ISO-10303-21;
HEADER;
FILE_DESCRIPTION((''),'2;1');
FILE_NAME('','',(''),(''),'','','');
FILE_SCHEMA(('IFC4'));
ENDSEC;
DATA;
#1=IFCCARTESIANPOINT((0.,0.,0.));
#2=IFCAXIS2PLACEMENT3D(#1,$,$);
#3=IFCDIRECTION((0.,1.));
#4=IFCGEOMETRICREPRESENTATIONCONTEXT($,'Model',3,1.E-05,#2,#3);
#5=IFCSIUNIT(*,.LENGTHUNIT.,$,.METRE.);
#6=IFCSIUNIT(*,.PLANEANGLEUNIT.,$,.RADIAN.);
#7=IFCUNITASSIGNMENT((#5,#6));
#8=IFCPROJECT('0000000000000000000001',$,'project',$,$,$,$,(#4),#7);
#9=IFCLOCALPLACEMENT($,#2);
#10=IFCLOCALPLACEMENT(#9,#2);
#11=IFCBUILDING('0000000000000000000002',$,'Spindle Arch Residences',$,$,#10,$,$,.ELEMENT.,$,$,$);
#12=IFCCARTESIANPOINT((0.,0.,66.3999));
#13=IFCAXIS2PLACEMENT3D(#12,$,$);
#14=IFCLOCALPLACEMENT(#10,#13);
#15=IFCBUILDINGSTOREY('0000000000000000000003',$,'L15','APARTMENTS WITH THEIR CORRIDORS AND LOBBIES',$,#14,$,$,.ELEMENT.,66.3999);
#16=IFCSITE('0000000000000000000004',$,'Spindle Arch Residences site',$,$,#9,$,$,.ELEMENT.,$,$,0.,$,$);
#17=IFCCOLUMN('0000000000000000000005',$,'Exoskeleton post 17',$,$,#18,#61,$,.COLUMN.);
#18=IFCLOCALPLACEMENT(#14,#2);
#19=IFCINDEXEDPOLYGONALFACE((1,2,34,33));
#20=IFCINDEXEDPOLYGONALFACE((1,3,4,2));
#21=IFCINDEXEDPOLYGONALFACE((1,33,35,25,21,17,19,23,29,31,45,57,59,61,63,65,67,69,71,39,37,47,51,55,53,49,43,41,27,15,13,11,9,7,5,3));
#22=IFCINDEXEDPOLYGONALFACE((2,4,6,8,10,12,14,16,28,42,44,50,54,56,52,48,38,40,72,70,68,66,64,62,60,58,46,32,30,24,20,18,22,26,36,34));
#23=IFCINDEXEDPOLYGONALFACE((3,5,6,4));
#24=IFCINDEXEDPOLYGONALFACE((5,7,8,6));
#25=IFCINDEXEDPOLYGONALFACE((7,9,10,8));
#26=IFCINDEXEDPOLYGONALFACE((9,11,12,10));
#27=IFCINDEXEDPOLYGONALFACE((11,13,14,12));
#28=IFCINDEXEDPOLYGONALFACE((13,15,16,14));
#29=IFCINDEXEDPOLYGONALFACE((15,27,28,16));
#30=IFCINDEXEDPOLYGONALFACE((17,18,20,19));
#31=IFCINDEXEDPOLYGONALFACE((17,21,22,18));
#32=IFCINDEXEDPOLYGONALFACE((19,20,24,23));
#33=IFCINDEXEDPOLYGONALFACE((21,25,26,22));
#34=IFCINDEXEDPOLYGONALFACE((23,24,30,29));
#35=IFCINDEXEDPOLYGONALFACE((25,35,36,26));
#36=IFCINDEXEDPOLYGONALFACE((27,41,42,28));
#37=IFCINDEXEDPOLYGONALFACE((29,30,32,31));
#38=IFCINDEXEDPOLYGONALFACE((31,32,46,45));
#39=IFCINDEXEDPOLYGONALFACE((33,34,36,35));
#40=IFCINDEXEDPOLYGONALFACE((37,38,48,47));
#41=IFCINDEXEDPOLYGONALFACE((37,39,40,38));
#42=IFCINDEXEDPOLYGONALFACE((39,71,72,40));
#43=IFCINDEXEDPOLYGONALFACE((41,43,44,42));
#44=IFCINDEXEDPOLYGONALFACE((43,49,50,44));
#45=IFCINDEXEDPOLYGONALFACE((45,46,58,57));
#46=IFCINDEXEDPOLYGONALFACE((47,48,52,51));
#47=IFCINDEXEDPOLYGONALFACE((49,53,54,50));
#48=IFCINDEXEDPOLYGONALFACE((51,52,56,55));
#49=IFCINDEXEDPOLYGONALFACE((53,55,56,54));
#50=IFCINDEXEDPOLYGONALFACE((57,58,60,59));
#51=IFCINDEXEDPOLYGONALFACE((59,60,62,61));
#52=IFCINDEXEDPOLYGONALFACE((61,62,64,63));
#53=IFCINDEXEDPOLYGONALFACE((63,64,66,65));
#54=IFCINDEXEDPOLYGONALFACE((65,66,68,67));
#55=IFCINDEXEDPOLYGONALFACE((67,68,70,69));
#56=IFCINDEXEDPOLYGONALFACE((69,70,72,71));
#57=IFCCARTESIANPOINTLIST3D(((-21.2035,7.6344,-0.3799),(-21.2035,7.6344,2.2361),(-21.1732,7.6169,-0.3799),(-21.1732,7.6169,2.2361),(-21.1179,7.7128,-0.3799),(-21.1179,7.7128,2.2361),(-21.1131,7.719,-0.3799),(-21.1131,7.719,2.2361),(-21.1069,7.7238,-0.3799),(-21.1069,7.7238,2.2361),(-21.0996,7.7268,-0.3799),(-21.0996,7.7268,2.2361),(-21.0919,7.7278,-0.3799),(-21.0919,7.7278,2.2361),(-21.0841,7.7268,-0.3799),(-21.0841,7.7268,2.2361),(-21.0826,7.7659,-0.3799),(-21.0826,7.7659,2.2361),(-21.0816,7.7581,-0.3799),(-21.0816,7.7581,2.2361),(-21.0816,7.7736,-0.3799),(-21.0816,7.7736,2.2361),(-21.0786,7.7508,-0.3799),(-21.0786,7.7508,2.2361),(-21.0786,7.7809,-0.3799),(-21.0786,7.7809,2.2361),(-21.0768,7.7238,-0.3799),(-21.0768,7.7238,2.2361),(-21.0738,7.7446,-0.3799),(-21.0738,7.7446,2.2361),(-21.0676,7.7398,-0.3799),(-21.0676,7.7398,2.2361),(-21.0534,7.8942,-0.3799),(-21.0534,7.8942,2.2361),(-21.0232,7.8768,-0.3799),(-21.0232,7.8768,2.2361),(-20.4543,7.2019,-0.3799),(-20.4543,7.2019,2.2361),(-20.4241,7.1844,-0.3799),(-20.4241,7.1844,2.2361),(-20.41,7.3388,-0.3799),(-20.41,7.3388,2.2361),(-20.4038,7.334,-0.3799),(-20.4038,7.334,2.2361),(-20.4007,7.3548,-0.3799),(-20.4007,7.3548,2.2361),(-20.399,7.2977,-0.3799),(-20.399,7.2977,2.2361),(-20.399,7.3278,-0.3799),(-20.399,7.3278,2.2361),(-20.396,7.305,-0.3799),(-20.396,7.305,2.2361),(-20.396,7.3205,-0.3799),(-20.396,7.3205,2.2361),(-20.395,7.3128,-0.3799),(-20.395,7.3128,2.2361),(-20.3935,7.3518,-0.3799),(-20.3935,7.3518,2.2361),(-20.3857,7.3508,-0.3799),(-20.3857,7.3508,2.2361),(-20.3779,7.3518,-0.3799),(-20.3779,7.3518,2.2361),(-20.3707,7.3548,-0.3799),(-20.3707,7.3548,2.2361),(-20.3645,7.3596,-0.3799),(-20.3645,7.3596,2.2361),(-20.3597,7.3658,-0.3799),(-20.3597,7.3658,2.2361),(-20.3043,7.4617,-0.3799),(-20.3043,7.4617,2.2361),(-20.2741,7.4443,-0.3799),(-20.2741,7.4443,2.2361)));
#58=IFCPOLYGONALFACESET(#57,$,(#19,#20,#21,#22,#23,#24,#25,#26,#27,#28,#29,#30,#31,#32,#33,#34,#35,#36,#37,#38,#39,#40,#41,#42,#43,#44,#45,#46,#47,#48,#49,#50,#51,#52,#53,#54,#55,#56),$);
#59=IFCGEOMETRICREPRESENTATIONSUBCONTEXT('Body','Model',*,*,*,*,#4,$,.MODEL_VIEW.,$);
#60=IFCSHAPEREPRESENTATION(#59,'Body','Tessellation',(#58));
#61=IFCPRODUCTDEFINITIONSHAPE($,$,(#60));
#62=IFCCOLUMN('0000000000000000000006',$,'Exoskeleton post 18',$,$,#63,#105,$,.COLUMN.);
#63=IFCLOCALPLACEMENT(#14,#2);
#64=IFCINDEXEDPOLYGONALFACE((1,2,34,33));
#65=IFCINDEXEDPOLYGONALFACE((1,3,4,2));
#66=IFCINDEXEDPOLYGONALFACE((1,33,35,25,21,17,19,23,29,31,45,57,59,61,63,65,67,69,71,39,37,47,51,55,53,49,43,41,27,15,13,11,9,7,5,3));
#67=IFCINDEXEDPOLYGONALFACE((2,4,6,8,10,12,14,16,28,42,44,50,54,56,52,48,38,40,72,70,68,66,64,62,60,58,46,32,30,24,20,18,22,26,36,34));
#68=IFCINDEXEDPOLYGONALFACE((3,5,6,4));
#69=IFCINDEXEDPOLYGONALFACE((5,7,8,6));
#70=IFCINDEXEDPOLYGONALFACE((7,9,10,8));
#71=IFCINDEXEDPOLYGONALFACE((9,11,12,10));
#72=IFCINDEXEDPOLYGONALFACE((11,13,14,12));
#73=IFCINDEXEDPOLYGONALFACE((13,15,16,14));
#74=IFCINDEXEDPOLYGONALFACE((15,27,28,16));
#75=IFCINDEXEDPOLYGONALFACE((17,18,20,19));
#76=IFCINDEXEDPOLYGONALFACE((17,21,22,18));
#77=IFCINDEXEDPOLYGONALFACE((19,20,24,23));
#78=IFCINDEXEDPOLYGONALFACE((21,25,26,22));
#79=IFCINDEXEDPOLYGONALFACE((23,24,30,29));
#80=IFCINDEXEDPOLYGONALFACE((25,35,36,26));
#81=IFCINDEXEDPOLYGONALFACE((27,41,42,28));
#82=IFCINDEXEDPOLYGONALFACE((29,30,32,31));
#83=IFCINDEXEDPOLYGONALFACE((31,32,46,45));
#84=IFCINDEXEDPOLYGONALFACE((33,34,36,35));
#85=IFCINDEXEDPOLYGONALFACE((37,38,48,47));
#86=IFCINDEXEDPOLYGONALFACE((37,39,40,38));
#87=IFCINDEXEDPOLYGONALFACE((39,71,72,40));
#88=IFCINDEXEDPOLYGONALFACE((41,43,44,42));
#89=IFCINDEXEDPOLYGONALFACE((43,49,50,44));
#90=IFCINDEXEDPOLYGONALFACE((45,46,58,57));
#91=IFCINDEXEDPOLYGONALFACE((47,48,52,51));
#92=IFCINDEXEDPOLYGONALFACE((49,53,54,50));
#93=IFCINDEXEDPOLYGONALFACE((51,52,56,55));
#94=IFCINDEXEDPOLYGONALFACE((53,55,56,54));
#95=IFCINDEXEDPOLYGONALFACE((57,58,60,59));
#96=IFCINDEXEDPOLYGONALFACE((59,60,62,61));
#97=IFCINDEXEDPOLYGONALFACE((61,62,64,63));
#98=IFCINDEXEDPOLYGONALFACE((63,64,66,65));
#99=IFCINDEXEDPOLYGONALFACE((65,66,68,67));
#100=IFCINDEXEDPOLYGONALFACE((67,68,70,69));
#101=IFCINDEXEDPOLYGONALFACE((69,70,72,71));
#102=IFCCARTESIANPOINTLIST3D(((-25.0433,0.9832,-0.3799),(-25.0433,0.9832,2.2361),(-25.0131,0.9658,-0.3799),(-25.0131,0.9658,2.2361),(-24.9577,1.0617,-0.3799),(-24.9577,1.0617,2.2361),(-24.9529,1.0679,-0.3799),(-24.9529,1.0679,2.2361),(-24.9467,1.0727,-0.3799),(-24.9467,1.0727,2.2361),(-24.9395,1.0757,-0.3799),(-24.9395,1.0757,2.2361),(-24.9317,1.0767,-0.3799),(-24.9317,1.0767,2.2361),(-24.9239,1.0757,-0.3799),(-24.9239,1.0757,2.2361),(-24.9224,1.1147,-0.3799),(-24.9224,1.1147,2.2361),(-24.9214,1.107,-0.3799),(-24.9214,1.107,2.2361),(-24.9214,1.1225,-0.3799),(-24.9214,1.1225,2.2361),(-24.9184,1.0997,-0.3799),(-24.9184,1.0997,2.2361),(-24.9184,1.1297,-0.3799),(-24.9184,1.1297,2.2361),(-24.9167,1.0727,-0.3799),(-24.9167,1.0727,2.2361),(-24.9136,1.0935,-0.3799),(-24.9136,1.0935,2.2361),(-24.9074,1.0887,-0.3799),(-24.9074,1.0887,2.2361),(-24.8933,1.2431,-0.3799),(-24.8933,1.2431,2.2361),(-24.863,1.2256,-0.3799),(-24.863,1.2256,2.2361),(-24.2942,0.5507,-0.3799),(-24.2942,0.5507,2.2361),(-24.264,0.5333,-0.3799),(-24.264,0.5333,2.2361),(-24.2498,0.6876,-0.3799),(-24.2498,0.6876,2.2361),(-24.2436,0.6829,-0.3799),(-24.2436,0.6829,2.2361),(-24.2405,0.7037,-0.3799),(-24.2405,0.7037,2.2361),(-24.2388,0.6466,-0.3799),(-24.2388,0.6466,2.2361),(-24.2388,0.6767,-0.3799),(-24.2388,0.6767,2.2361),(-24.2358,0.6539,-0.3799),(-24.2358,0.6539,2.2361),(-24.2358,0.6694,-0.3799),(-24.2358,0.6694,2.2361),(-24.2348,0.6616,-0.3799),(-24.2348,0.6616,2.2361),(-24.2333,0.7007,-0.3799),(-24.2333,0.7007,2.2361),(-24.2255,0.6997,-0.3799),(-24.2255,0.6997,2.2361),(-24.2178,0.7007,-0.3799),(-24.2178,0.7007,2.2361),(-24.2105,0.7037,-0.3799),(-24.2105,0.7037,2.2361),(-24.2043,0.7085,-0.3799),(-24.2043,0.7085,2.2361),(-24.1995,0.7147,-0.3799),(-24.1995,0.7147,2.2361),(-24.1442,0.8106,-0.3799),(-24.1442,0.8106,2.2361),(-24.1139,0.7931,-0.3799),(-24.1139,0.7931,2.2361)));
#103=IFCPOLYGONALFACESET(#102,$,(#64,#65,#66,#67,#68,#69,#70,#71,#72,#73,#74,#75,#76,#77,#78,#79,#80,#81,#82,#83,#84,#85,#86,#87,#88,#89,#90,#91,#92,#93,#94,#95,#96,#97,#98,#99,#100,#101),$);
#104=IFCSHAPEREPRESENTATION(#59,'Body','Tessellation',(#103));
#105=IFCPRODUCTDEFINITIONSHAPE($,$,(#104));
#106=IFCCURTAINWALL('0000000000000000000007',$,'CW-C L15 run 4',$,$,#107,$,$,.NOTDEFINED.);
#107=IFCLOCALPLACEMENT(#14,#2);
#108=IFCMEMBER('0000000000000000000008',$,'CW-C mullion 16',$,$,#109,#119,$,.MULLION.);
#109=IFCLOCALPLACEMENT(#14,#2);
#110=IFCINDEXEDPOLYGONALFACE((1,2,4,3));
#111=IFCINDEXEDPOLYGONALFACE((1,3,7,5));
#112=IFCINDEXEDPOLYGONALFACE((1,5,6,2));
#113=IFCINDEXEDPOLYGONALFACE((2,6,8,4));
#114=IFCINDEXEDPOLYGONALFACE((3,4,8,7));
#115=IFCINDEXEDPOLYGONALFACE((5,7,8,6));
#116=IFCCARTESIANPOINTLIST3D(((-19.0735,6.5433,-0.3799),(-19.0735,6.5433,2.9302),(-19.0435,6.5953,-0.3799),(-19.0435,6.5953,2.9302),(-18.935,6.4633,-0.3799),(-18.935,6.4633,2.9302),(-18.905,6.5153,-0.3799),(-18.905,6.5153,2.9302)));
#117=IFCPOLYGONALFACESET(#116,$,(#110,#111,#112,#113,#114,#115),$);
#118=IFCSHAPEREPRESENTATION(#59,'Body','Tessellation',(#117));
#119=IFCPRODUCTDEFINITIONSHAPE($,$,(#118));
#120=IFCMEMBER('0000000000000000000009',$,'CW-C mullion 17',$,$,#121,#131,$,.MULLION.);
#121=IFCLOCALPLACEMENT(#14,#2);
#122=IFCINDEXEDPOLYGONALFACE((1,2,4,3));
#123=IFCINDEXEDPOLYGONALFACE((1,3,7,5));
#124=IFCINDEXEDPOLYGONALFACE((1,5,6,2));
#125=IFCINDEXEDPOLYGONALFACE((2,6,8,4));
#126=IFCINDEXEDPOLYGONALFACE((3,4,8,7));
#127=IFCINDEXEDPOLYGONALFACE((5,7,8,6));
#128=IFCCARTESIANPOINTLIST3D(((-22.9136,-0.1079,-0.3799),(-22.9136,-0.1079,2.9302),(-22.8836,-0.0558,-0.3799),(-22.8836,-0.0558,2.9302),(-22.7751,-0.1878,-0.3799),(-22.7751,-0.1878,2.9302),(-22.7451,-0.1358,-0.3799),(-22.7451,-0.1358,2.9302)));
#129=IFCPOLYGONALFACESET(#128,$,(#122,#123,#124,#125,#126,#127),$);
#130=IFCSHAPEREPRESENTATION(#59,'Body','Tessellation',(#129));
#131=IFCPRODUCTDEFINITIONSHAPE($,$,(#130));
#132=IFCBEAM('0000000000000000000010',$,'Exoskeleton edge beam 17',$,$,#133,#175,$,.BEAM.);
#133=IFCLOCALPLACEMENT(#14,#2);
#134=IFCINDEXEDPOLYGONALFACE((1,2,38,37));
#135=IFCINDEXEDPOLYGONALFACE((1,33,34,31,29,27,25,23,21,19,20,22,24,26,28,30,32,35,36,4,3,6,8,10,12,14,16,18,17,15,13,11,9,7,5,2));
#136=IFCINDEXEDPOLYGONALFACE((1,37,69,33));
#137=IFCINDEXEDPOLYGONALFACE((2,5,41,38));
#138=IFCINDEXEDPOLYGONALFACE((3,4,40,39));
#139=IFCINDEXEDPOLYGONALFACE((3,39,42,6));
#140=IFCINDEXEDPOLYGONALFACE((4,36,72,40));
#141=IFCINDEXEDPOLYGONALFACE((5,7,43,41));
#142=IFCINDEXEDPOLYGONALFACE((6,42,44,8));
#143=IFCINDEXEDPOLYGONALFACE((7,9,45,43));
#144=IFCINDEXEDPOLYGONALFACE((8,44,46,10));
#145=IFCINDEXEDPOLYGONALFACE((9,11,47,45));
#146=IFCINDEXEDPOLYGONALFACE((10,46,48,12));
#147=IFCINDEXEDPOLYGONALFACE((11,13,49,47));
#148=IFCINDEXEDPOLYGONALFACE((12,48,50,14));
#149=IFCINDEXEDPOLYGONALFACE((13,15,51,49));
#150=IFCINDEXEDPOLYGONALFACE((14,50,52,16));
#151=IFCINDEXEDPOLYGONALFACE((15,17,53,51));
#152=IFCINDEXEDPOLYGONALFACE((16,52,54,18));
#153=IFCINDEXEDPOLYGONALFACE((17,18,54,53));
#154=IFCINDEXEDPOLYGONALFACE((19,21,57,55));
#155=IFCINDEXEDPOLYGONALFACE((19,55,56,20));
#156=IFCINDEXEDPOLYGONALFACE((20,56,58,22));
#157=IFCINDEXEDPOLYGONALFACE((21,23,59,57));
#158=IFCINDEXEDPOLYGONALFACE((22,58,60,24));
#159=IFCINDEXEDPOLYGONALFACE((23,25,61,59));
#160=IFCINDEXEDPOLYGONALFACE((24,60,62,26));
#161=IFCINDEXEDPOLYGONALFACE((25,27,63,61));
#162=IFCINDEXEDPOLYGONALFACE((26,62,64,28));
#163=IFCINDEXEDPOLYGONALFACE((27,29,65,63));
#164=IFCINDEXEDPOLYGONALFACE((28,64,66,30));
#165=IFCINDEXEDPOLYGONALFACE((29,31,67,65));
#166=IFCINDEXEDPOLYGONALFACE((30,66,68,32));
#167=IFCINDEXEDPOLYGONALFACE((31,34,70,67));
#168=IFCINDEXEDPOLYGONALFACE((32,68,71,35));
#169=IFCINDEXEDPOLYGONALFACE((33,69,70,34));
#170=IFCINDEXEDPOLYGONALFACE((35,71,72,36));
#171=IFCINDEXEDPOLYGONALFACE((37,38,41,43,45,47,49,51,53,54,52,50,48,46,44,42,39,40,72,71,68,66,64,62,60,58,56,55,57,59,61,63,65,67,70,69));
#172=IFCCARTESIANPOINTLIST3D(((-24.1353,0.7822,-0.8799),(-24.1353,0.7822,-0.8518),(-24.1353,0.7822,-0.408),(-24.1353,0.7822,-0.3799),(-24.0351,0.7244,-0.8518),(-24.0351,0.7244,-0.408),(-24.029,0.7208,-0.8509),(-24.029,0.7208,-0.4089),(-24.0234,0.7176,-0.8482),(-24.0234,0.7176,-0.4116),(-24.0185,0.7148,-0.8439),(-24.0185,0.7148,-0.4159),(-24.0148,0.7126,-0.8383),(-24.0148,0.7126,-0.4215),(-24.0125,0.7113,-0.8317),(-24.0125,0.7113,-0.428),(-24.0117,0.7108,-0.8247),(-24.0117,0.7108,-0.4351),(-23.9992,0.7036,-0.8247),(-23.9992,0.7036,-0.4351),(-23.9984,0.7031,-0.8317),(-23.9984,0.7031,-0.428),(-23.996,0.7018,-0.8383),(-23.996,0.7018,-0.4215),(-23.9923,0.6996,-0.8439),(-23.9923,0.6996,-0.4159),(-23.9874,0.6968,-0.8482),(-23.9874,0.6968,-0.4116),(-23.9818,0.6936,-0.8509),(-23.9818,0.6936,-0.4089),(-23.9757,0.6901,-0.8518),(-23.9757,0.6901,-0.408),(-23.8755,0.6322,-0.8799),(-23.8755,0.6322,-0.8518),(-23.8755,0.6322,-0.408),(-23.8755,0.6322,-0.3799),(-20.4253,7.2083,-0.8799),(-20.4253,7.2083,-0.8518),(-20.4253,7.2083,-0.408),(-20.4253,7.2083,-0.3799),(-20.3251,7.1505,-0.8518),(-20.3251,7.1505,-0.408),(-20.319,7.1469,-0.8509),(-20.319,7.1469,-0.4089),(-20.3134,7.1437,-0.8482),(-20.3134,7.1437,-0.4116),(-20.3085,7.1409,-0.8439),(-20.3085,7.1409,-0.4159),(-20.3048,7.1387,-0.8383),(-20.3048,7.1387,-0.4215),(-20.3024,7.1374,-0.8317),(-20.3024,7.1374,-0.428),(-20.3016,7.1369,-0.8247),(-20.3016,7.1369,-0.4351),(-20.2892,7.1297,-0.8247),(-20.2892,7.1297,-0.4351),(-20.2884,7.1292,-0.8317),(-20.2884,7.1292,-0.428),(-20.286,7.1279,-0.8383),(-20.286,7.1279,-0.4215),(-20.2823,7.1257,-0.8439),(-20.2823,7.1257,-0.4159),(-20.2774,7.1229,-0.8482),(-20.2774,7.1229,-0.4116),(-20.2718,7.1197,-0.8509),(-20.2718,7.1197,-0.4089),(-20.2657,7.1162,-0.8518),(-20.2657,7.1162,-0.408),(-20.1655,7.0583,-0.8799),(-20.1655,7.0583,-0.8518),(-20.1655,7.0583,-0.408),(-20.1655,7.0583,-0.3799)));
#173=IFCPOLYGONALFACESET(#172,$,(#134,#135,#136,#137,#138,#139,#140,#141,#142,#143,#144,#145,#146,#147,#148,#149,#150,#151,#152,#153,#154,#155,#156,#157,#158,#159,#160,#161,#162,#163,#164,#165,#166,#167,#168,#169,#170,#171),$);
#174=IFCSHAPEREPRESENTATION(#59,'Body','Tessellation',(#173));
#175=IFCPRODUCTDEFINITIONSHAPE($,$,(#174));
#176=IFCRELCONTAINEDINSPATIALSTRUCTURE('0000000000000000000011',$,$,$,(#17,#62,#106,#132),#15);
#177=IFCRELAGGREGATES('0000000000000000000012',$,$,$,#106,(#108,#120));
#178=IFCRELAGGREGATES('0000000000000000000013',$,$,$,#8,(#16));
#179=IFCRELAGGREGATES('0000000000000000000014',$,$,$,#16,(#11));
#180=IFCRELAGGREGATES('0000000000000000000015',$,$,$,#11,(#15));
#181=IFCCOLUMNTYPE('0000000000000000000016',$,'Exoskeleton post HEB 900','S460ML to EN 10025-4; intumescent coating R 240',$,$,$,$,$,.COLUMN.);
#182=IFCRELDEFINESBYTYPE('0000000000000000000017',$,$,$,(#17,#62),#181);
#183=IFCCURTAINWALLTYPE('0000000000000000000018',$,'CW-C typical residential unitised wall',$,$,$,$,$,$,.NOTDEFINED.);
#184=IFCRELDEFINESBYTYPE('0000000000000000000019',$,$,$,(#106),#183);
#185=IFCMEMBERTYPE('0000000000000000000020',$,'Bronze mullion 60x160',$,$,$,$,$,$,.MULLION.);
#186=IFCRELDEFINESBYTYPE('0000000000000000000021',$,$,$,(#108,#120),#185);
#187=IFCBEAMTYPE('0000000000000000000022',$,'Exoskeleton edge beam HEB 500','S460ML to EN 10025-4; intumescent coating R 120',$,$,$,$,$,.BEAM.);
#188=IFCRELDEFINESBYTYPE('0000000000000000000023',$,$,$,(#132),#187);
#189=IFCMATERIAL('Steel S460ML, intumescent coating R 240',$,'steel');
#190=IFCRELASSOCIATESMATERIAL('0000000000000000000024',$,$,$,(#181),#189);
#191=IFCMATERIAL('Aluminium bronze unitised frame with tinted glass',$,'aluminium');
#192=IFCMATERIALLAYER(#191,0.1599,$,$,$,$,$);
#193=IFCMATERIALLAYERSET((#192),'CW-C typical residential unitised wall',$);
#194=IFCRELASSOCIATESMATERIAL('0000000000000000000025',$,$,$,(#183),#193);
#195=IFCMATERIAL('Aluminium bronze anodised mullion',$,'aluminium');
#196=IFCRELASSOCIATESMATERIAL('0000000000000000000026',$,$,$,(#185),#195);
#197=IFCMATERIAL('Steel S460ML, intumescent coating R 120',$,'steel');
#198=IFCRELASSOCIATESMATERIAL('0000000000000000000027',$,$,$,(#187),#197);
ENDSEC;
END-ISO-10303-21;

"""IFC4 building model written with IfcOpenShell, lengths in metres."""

from ifc_helpers import new_model, si_unit, direction, frame, origin, origin_2d, place, context, subcontext, project, spatial, rectangle, i_section, extrude, material, layer, layer_set, material_profile, profile_set, type_object, element, aggregate, save


model = new_model("IFC4")

# Units and contexts
model_context = context("Model", 3, precision=1e-05, world=origin(), true_north=direction((0.0, 1.0)))
body_context = subcontext(model_context, "Body", "Model", "MODEL_VIEW")
ifc_project = project(units=[si_unit("LENGTHUNIT", "METRE"), si_unit("PLANEANGLEUNIT", "RADIAN")], contexts=[model_context])

# Site, building, storey
site_placement = place(None, origin())
site = spatial("IfcSite", under=ifc_project, at=site_placement, Name="Spindle Arch Residences site", CompositionType="ELEMENT", RefElevation=0.0)
building_placement = place(site_placement, origin())
building = spatial("IfcBuilding", under=site, at=building_placement, Name="Spindle Arch Residences", CompositionType="ELEMENT")
storey_placement = place(building_placement, frame((0.0, 0.0, 66.3999)))
storey = spatial("IfcBuildingStorey", under=building, at=storey_placement, Name="L15", Description="APARTMENTS WITH THEIR CORRIDORS AND LOBBIES", CompositionType="ELEMENT", Elevation=66.3999)

# Columns
ifc_material_1 = material(Name="Steel S460ML, intumescent coating R 240", Category="steel")
ifc_material_profile_1 = material_profile(ifc_material_1, i_section(OverallWidth=0.3, OverallDepth=0.8999, WebThickness=0.0186, FlangeThickness=0.0349, FilletRadius=0.03, at=origin_2d()), Name="HEB 900")
ifc_profile_set_1 = profile_set([ifc_material_profile_1], Name="Steel S460ML, intumescent coating R 240")
column_type = type_object("IfcColumnType", Name="Exoskeleton post HEB 900", Description="S460ML to EN 10025-4; intumescent coating R 240", PredefinedType="COLUMN", material=ifc_profile_set_1)
for number, where, z_axis, x_axis, name in (
    (1, (-20.7388, 7.5393, -0.3799), (0.0, 0.0, 1.0), (0.5, 0.866025, 0.0), "Exoskeleton post 17"),
    (2, (-24.5786, 0.8882, -0.3799), (0.0, 0.0, 1.0), (0.5, 0.866025, 0.0), "Exoskeleton post 18"),
):
    element("IfcColumn", number, at=place(storey_placement, frame(where, z_axis=z_axis, x_axis=x_axis)), inside=storey, type_object=column_type, Name=name, PredefinedType="COLUMN", context=body_context, shape_type="SweptSolid", body=[
        extrude(i_section(OverallWidth=0.3, OverallDepth=0.8999, WebThickness=0.0186, FlangeThickness=0.0349, FilletRadius=0.03, at=origin_2d()), origin(), (0.0, 0.0, 1.0), 2.616),
    ])

# Curtain wall, members
ifc_material_2 = material(Name="Aluminium bronze unitised frame with tinted glass", Category="aluminium")
ifc_layer_1 = layer(ifc_material_2, 0.1599)
ifc_layer_set_1 = layer_set([ifc_layer_1], Name="CW-C typical residential unitised wall")
curtain_wall_type = type_object("IfcCurtainWallType", Name="CW-C typical residential unitised wall", PredefinedType="NOTDEFINED", material=ifc_layer_set_1)
curtain_wall_placement = place(storey_placement, origin())
curtain_wall = element("IfcCurtainWall", 3, at=curtain_wall_placement, inside=storey, type_object=curtain_wall_type, Name="CW-C L15 run 4", PredefinedType="NOTDEFINED")
ifc_material_3 = material(Name="Aluminium bronze anodised mullion", Category="aluminium")
ifc_material_profile_2 = material_profile(ifc_material_3, rectangle(XDim=0.1599, YDim=0.0601, at=origin_2d()), Name="MU 60x160")
ifc_profile_set_2 = profile_set([ifc_material_profile_2], Name="Aluminium bronze anodised mullion")
member_type = type_object("IfcMemberType", Name="Bronze mullion 60x160", PredefinedType="MULLION", material=ifc_profile_set_2)
member_1_placement = place(storey_placement, frame((-18.9893, 6.5293, -0.3799), z_axis=(0.0, 0.0, 1.0), x_axis=(0.866025, -0.5, 0.0)))
member_1 = element("IfcMember", 4, at=member_1_placement, type_object=member_type, Name="CW-C mullion 16", PredefinedType="MULLION", context=body_context, shape_type="SweptSolid", body=[
    extrude(rectangle(XDim=0.1599, YDim=0.0601, at=origin_2d()), origin(), (0.0, 0.0, 1.0), 3.3101),
])
member_2_placement = place(storey_placement, frame((-22.8293, -0.1218, -0.3799), z_axis=(0.0, 0.0, 1.0), x_axis=(0.866025, -0.5, 0.0)))
member_2 = element("IfcMember", 5, at=member_2_placement, type_object=member_type, Name="CW-C mullion 17", PredefinedType="MULLION", context=body_context, shape_type="SweptSolid", body=[
    extrude(rectangle(XDim=0.1599, YDim=0.0601, at=origin_2d()), origin(), (0.0, 0.0, 1.0), 3.3101),
])

# Beam
ifc_material_4 = material(Name="Steel S460ML, intumescent coating R 120", Category="steel")
ifc_material_profile_3 = material_profile(ifc_material_4, i_section(OverallWidth=0.3, OverallDepth=0.5, WebThickness=0.0144, FlangeThickness=0.0281, FilletRadius=0.0271, at=origin_2d()), Name="HEB 500")
ifc_profile_set_3 = profile_set([ifc_material_profile_3], Name="Steel S460ML, intumescent coating R 120")
beam_type_1 = type_object("IfcBeamType", Name="Exoskeleton edge beam HEB 500", Description="S460ML to EN 10025-4; intumescent coating R 120", PredefinedType="BEAM", material=ifc_profile_set_3)
for number, where, z_axis, x_axis, name in (
    (6, (-20.2954, 7.1333, -0.6299), (-0.499989, -0.866032, 0.0), (0.866032, -0.499989, 0.0), "Exoskeleton edge beam 17"),
):
    element("IfcBeam", number, at=place(storey_placement, frame(where, z_axis=z_axis, x_axis=x_axis)), inside=storey, type_object=beam_type_1, Name=name, PredefinedType="BEAM", context=body_context, shape_type="SweptSolid", body=[
        extrude(i_section(OverallWidth=0.3, OverallDepth=0.5, WebThickness=0.0144, FlangeThickness=0.0281, FilletRadius=0.0271, at=origin_2d()), origin(), (0.0, 0.0, 1.0), 7.4202),
    ])

aggregate(curtain_wall, [member_1, member_2])

save(model, "model.ifc")
